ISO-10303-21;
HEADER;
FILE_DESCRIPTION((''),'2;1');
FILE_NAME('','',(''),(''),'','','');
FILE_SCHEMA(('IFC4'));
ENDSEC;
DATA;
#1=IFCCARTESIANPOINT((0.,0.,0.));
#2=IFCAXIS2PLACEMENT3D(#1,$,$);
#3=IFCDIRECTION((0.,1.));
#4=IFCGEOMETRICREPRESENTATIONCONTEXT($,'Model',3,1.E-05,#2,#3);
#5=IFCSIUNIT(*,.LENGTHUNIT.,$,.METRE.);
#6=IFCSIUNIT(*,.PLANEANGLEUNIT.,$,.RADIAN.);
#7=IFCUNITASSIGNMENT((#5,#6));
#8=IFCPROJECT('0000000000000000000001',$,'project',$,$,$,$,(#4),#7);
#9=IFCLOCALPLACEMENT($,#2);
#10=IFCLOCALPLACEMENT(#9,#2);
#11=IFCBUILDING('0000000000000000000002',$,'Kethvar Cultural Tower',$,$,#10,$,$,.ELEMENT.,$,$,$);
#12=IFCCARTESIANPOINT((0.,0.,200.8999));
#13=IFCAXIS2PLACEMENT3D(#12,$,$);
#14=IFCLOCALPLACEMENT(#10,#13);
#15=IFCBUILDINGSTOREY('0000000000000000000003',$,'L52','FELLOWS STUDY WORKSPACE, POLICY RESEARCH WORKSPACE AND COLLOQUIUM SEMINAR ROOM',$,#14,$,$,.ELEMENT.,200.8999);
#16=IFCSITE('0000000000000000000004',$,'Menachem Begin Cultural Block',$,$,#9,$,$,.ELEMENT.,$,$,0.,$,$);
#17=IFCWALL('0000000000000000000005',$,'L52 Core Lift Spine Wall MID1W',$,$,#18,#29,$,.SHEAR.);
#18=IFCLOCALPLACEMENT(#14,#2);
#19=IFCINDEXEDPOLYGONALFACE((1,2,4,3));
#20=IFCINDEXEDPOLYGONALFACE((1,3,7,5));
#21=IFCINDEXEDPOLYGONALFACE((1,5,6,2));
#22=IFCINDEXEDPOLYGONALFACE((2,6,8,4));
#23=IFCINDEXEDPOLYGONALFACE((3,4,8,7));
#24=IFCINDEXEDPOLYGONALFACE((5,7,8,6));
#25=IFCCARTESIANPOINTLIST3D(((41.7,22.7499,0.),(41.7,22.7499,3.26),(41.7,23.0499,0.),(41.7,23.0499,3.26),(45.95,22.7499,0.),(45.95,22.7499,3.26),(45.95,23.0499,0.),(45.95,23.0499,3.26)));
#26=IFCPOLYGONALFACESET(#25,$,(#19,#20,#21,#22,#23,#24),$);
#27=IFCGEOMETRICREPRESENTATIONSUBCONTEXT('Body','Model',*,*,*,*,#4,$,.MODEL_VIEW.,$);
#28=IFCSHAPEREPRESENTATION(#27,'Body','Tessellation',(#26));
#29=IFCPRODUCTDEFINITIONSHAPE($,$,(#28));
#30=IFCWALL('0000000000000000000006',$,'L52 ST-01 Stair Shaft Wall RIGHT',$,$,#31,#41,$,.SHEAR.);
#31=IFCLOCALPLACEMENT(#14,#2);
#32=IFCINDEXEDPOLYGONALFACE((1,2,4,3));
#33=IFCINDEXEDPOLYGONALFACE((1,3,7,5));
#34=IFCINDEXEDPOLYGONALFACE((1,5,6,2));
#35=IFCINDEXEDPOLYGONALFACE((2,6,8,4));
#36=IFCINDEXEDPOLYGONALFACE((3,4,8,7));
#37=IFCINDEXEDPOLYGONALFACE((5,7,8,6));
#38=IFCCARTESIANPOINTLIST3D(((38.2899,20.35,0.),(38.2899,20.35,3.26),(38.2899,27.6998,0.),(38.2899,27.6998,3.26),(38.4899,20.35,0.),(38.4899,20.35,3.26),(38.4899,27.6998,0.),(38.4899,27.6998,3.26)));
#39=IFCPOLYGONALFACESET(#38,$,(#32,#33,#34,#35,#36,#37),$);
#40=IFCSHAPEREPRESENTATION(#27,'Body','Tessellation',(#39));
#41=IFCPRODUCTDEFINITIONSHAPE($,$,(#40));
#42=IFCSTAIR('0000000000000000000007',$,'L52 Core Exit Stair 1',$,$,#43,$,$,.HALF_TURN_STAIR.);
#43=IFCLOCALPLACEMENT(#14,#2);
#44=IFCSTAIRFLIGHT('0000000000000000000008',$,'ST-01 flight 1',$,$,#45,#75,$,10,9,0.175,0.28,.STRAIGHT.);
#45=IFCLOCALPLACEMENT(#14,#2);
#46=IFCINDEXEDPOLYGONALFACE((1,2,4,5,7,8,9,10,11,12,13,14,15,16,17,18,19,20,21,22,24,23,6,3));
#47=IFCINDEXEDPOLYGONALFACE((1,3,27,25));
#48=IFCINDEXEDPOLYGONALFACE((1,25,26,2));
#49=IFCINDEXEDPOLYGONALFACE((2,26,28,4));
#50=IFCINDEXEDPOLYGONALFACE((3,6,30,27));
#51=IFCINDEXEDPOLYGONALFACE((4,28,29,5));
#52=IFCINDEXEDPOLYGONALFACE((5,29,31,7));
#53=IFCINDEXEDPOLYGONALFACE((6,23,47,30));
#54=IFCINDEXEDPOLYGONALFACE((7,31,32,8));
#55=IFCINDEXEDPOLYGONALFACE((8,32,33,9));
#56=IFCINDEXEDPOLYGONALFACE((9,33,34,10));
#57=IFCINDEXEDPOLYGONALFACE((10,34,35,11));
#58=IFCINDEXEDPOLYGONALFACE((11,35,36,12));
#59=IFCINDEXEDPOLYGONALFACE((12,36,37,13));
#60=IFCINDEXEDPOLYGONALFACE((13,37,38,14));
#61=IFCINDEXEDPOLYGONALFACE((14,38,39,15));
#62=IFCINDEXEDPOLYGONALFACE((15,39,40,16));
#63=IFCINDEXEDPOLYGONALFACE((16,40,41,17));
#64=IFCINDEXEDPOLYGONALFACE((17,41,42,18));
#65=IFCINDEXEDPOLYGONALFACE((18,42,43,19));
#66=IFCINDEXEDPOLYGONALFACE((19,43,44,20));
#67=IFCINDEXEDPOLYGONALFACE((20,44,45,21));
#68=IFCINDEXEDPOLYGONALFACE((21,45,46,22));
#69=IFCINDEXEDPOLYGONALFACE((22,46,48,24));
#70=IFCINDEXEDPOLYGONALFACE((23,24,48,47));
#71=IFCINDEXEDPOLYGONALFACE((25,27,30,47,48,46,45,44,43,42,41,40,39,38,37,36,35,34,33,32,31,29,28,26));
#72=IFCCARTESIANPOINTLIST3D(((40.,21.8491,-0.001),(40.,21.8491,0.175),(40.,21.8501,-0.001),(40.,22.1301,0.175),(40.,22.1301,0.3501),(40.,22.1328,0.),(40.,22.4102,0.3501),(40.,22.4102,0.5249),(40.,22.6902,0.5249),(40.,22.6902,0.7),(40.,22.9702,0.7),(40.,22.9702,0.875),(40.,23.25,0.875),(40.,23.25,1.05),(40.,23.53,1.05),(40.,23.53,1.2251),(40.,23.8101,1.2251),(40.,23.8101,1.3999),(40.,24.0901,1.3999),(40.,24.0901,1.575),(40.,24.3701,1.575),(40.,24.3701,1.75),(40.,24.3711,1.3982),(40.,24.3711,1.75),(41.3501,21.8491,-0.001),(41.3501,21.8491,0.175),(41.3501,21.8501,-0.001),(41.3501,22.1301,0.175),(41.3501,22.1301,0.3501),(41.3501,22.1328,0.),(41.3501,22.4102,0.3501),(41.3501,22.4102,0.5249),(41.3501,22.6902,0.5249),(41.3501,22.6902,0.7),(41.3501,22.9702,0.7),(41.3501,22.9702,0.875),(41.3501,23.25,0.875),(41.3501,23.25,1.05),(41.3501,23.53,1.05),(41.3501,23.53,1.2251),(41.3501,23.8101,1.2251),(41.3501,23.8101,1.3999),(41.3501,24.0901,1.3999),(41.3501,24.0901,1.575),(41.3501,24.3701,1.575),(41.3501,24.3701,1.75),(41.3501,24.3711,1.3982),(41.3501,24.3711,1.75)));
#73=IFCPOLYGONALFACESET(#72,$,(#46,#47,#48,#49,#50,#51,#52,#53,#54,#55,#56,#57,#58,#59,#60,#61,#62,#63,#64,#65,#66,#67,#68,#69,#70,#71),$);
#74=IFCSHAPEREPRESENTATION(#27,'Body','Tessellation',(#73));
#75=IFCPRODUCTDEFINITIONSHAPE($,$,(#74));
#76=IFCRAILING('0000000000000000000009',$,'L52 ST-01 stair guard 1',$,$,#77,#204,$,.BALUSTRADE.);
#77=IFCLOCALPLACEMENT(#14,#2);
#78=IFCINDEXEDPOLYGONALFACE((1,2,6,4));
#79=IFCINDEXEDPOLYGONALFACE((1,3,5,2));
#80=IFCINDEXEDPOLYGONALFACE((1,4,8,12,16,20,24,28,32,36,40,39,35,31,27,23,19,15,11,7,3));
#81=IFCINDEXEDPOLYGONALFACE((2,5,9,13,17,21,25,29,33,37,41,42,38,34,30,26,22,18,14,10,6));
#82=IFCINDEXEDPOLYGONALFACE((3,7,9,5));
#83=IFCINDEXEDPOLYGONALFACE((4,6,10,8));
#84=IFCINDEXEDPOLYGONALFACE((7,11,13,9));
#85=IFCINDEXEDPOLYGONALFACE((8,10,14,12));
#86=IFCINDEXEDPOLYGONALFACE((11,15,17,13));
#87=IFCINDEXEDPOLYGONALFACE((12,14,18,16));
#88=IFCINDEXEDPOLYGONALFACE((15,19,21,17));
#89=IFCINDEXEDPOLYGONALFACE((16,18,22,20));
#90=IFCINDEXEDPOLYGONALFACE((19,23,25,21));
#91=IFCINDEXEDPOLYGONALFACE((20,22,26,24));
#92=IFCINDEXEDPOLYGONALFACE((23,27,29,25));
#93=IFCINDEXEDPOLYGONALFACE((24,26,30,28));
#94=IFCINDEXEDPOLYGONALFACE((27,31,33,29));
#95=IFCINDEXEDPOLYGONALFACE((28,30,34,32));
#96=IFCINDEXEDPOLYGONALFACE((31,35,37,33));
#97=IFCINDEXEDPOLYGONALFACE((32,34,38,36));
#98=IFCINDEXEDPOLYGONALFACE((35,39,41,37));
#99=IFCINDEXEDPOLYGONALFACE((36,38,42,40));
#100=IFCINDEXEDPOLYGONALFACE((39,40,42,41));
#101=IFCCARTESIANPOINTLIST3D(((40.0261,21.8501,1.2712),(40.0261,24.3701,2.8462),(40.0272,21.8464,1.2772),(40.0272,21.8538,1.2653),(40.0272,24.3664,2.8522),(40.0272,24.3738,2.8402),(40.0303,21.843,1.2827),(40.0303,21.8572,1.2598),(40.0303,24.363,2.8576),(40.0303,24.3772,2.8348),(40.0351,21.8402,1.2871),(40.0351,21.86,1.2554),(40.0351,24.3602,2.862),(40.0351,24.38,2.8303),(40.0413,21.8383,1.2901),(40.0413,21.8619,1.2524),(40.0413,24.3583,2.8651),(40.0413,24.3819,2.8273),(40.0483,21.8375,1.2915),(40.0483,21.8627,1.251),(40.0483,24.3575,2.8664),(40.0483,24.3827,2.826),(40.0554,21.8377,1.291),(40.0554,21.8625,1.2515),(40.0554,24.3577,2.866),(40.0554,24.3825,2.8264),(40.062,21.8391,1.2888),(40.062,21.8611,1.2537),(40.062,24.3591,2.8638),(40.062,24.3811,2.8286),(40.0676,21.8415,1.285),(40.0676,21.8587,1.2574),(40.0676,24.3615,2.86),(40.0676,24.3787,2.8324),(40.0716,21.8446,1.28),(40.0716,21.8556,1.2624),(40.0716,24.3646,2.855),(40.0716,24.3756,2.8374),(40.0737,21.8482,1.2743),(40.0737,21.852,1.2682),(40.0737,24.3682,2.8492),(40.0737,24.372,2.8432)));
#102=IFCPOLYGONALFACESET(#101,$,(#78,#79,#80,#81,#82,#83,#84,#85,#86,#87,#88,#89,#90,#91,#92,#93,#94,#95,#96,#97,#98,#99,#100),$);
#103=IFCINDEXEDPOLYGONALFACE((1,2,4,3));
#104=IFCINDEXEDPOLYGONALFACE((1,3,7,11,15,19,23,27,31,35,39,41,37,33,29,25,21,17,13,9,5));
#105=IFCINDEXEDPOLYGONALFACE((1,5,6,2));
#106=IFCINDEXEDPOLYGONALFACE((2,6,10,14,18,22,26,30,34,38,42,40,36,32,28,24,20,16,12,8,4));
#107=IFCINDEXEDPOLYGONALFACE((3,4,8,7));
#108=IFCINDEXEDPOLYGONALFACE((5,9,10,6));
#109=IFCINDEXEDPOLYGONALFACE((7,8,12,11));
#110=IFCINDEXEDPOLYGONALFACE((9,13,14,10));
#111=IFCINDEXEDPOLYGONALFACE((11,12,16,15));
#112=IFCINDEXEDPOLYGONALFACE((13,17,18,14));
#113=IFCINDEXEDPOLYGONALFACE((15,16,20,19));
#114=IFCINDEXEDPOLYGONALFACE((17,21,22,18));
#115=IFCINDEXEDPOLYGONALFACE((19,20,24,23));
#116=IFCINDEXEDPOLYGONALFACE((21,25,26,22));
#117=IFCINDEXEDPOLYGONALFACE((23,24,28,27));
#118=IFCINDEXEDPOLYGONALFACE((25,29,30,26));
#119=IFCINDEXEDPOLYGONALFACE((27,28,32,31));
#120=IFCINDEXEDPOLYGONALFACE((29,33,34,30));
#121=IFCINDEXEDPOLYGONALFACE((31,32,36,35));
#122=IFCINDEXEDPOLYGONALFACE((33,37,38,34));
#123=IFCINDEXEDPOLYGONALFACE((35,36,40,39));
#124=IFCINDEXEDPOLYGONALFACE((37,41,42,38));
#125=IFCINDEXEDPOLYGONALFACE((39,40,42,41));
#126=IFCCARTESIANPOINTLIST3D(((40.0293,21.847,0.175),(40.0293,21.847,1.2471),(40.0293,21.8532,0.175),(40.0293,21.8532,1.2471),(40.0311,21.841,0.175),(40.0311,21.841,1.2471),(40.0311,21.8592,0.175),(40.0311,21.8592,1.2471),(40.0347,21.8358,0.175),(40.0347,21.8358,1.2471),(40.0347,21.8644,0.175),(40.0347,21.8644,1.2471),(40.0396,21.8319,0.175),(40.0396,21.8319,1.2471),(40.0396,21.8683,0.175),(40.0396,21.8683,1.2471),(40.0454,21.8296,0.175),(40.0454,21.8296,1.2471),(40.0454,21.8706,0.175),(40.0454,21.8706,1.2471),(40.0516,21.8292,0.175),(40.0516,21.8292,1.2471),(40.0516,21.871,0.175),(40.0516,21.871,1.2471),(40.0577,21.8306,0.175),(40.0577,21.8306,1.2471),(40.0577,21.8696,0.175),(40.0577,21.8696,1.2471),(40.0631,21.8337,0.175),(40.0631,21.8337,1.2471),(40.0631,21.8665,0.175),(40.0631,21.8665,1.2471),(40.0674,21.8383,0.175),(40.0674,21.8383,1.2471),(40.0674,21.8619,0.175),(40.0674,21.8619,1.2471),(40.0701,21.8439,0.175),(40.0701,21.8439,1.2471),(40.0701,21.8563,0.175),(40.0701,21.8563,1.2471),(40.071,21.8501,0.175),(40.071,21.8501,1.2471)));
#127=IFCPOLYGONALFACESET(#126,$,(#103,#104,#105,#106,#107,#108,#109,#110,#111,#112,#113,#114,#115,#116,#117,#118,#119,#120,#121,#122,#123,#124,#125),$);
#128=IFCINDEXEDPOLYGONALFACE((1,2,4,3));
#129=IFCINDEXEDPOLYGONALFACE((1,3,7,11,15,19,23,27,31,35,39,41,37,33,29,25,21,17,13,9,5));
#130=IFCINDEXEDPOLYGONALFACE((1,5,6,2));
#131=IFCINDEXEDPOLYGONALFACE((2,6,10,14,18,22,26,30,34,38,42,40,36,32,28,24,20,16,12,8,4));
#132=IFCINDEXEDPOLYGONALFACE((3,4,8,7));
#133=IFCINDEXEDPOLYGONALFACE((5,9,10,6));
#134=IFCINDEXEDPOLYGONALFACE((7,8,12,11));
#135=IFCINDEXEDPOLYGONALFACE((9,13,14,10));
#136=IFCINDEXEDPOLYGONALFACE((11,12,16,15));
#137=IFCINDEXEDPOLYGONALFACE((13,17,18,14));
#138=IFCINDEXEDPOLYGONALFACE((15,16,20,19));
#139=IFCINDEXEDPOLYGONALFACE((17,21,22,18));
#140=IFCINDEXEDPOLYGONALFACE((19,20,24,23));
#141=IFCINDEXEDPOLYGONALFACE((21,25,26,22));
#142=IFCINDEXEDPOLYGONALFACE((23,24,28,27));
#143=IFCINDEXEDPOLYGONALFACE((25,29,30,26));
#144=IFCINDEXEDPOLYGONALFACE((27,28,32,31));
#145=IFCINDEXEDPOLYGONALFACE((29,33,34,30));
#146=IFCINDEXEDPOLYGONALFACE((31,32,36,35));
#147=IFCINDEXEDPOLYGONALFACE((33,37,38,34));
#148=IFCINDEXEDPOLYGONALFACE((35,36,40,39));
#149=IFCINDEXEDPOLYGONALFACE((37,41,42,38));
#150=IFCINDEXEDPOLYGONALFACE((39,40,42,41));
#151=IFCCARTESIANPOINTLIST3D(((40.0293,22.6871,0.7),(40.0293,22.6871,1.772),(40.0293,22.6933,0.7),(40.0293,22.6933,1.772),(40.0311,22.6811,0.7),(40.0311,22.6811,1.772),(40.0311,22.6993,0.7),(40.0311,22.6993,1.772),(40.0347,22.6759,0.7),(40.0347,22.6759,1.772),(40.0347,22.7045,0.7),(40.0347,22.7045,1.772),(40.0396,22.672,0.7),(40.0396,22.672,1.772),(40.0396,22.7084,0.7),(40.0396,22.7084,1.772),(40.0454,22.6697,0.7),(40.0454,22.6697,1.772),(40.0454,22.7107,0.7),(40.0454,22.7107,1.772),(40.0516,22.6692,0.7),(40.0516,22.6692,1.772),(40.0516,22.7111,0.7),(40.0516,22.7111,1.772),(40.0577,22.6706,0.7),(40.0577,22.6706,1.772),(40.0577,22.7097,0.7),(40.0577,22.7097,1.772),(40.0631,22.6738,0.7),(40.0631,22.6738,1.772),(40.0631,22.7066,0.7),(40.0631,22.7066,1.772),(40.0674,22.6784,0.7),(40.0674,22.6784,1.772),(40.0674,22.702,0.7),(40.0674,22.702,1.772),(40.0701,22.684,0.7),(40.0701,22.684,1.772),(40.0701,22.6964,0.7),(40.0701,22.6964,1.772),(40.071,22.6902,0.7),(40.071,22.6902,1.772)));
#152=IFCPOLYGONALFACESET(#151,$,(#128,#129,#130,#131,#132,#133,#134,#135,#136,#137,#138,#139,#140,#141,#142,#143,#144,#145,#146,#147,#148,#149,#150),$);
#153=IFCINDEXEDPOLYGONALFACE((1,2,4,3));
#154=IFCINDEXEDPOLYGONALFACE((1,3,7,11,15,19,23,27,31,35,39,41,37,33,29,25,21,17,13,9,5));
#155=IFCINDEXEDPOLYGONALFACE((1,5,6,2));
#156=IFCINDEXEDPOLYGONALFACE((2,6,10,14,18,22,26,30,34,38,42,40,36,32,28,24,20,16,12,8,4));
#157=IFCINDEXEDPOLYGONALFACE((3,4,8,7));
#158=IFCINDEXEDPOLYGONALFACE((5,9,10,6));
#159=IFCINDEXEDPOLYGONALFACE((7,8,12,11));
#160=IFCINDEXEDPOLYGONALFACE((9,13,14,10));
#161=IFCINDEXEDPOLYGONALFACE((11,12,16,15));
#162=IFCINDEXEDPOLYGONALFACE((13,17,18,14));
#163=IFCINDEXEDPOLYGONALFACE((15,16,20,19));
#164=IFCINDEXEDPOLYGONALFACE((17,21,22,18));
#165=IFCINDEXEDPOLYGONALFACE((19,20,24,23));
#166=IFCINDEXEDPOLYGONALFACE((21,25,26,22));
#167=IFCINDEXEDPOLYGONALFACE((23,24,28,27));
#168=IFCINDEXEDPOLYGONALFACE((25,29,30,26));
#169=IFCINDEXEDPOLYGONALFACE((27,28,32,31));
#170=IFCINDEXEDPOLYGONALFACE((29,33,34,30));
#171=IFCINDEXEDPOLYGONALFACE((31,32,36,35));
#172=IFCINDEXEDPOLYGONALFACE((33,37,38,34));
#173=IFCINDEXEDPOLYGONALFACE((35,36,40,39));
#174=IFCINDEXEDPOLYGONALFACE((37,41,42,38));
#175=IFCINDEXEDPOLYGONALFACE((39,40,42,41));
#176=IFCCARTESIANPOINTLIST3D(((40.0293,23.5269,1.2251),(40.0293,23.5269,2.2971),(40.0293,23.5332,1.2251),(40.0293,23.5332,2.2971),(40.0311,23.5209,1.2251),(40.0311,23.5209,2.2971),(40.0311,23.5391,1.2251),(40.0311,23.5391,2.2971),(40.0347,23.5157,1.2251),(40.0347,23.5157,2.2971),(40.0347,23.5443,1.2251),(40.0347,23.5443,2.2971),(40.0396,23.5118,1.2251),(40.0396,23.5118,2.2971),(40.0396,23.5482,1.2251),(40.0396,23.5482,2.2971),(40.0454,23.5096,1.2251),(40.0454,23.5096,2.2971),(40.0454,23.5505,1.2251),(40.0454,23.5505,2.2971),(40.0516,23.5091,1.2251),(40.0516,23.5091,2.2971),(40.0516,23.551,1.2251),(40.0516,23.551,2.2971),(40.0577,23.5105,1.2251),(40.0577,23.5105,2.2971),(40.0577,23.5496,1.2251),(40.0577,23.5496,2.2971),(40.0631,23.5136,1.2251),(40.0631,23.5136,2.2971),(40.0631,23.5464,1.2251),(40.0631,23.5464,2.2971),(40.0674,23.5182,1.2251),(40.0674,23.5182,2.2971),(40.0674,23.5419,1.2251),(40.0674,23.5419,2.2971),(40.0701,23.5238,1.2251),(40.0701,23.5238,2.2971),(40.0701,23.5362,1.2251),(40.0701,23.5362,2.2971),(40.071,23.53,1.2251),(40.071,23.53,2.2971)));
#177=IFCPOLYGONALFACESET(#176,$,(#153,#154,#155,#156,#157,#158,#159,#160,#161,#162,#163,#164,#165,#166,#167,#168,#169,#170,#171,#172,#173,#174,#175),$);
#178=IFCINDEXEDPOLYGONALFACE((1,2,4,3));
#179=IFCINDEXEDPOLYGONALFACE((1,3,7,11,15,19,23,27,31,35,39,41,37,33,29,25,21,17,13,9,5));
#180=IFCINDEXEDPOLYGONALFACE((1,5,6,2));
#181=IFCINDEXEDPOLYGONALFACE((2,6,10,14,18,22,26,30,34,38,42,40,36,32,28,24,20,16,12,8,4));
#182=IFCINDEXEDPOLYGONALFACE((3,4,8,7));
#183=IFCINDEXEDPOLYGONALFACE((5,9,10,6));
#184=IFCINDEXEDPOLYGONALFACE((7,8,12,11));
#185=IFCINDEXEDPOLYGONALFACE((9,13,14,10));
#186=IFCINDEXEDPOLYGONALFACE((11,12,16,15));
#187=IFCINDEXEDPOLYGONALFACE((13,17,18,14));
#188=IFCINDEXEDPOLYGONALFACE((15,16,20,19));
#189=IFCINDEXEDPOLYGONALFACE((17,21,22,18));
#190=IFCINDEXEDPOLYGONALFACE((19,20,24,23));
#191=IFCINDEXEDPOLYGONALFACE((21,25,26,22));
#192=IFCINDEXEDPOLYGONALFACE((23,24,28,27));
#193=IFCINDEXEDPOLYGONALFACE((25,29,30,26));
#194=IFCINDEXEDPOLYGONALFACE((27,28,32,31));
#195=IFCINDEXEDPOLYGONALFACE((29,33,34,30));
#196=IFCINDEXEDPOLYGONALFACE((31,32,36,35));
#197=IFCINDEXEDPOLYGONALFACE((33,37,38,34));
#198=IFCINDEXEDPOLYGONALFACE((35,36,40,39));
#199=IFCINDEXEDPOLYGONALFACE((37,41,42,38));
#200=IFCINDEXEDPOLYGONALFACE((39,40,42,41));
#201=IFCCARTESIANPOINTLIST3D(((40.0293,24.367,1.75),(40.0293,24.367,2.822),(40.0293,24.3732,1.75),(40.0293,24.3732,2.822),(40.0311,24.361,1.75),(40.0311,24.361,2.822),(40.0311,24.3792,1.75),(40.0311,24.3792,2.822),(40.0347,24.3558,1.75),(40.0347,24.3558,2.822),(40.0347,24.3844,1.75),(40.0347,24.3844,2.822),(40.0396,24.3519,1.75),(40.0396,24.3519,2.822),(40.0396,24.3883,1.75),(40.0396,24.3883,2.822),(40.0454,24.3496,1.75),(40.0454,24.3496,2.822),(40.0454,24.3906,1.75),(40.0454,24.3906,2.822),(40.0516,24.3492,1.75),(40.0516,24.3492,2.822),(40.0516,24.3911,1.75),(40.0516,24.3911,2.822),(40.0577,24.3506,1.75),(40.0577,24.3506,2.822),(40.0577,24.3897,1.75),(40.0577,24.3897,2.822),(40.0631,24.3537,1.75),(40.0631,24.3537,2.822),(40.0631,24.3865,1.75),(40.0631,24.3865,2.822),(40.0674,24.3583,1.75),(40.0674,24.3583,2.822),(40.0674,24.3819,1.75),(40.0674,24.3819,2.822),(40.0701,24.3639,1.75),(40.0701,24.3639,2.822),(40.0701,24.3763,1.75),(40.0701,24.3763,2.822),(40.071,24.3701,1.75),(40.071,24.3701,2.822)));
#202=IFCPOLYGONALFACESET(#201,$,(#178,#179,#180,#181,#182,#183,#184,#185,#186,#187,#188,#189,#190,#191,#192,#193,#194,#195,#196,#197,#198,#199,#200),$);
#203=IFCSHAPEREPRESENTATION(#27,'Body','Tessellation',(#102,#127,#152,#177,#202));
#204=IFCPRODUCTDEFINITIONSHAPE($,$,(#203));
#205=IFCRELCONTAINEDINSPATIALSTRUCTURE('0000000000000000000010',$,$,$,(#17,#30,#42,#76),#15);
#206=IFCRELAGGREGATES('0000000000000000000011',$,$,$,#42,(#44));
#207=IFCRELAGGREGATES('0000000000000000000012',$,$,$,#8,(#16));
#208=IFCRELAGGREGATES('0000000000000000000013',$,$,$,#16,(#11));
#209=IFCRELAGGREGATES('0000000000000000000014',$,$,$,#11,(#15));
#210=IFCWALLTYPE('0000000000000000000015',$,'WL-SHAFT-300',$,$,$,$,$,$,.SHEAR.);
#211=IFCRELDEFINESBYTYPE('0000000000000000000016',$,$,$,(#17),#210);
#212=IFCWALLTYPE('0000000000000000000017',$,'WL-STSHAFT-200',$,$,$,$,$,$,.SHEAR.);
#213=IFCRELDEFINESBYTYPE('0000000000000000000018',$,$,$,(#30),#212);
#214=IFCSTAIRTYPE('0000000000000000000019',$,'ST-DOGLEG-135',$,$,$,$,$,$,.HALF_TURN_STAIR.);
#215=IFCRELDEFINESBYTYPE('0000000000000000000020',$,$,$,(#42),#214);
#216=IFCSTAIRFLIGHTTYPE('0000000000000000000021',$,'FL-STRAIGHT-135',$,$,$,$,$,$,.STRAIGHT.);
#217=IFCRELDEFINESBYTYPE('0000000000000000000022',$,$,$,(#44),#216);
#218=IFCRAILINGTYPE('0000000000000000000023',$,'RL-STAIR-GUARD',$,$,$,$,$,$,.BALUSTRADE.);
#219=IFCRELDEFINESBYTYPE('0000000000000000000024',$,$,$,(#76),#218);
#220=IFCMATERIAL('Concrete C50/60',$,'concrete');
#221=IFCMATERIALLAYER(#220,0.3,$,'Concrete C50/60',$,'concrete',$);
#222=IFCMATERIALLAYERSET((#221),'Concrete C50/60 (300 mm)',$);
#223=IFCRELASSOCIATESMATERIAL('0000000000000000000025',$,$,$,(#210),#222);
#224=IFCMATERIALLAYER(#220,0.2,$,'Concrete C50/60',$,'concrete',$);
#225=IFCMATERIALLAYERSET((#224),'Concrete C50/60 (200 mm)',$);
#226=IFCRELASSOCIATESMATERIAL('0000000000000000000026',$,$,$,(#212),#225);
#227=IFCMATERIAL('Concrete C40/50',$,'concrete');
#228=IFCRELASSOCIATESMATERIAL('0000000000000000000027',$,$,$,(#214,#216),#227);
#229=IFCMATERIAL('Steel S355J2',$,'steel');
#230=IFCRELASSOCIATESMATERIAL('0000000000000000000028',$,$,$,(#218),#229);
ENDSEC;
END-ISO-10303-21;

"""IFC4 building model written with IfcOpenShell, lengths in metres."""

from ifc_helpers import new_model, si_unit, direction, frame, frame_2d, origin, origin_2d, place, context, subcontext, project, spatial, polyline, rectangle, circle, outline, extrude, material, layer, layer_set, type_object, element, aggregate, save


model = new_model("IFC4")

# Units and contexts
model_context = context("Model", 3, precision=1e-05, world=origin(), true_north=direction((0.0, 1.0)))
body_context = subcontext(model_context, "Body", "Model", "MODEL_VIEW")
ifc_project = project(units=[si_unit("LENGTHUNIT", "METRE"), si_unit("PLANEANGLEUNIT", "RADIAN")], contexts=[model_context])

# Site, building, storey
site_placement = place(None, origin())
site = spatial("IfcSite", under=ifc_project, at=site_placement, Name="Menachem Begin Cultural Block", CompositionType="ELEMENT", RefElevation=0.0)
building_placement = place(site_placement, origin())
building = spatial("IfcBuilding", under=site, at=building_placement, Name="Kethvar Cultural Tower", CompositionType="ELEMENT")
storey_placement = place(building_placement, frame((0.0, 0.0, 200.8999)))
storey = spatial("IfcBuildingStorey", under=building, at=storey_placement, Name="L52", Description="FELLOWS STUDY WORKSPACE, POLICY RESEARCH WORKSPACE AND COLLOQUIUM SEMINAR ROOM", CompositionType="ELEMENT", Elevation=200.8999)

# Shared definitions
ifc_material_1 = material(Name="Steel S355J2", Category="steel")

# Walls
ifc_material_2 = material(Name="Concrete C50/60", Category="concrete")
ifc_layer_1 = layer(ifc_material_2, 0.3, Name="Concrete C50/60", Category="concrete")
ifc_layer_set_1 = layer_set([ifc_layer_1], Name="Concrete C50/60 (300 mm)")
wall_type_1 = type_object("IfcWallType", Name="WL-SHAFT-300", PredefinedType="SHEAR", material=ifc_layer_set_1)
wall_1_placement = place(storey_placement, frame((41.7, 22.8999, 0.0), z_axis=(0.0, 0.0, 1.0), x_axis=(1.0, 0.0, 0.0)))
element("IfcWall", 1, at=wall_1_placement, inside=storey, type_object=wall_type_1, Name="L52 Core Lift Spine Wall MID1W", PredefinedType="SHEAR", context=body_context, shape_type="SweptSolid", body=[
    extrude(rectangle(XDim=4.25, YDim=0.3, at=frame_2d((2.125, 0.0))), origin(), (0.0, 0.0, 1.0), 3.26),
])
ifc_layer_2 = layer(ifc_material_2, 0.2, Name="Concrete C50/60", Category="concrete")
ifc_layer_set_2 = layer_set([ifc_layer_2], Name="Concrete C50/60 (200 mm)")
wall_type_2 = type_object("IfcWallType", Name="WL-STSHAFT-200", PredefinedType="SHEAR", material=ifc_layer_set_2)
wall_2_placement = place(storey_placement, frame((38.3899, 20.3501, 0.0), z_axis=(0.0, 0.0, 1.0), x_axis=(0.0, 1.0, 0.0)))
element("IfcWall", 2, at=wall_2_placement, inside=storey, type_object=wall_type_2, Name="L52 ST-01 Stair Shaft Wall RIGHT", PredefinedType="SHEAR", context=body_context, shape_type="SweptSolid", body=[
    extrude(rectangle(XDim=7.3499, YDim=0.2, at=frame_2d((3.6748, 0.0))), origin(), (0.0, 0.0, 1.0), 3.26),
])

# Stair, stair flight
ifc_material_3 = material(Name="Concrete C40/50", Category="concrete")
stair_type = type_object("IfcStairType", Name="ST-DOGLEG-135", PredefinedType="HALF_TURN_STAIR", material=ifc_material_3)
stair_placement = place(storey_placement, origin())
stair = element("IfcStair", 3, at=stair_placement, inside=storey, type_object=stair_type, Name="L52 Core Exit Stair 1", PredefinedType="HALF_TURN_STAIR")
stair_flight_type = type_object("IfcStairFlightType", Name="FL-STRAIGHT-135", PredefinedType="STRAIGHT", material=ifc_material_3)
stair_flight_placement = place(storey_placement, frame((40.675, 21.8501, 0.0), z_axis=(0.0, 0.0, 1.0), x_axis=(0.0, 1.0, 0.0)))
stair_flight = element("IfcStairFlight", 4, at=stair_flight_placement, type_object=stair_flight_type, Name="ST-01 flight 1", NumberOfRisers=10, NumberOfTreads=9, PredefinedType="STRAIGHT", RiserHeight=0.175, TreadLength=0.28, context=body_context, shape_type="SweptSolid", body=[
    extrude(outline(polyline([(-0.001, -0.001), (-0.001, 0.175), (0.28, 0.175), (0.28, 0.3501), (0.5601, 0.3501), (0.5601, 0.5249), (0.8401, 0.5249), (0.8401, 0.7), (1.1201, 0.7), (1.1201, 0.875), (1.3999, 0.875), (1.3999, 1.05), (1.6799, 1.05), (1.6799, 1.2251), (1.96, 1.2251), (1.96, 1.3999), (2.24, 1.3999), (2.24, 1.575), (2.52, 1.575), (2.52, 1.75), (2.521, 1.75), (2.521, 1.3982), (0.2827, 0.0), (0.0, -0.001), (-0.001, -0.001)])), frame((0.0, 0.675, 0.0), z_axis=(0.0, -1.0, 0.0), x_axis=(1.0, 0.0, 0.0)), (0.0, 0.0, 1.0), 1.3501),
])
aggregate(stair, [stair_flight])

# Railing
railing_type_1 = type_object("IfcRailingType", Name="RL-STAIR-GUARD", PredefinedType="BALUSTRADE", material=ifc_material_1)
railing_1_placement = place(storey_placement, frame((40.05, 21.8501, 0.175)))
element("IfcRailing", 5, at=railing_1_placement, inside=storey, type_object=railing_type_1, Name="L52 ST-01 stair guard 1", PredefinedType="BALUSTRADE", context=body_context, shape_type="SweptSolid", body=[
    extrude(circle(Radius=0.0239, at=origin_2d()), frame((0.0, 0.0, 1.0962), z_axis=(0.0, 0.848008, 0.529984), x_axis=(-1.0, 0.0, 0.0)), (0.0, 0.0, 1.0), 2.9717),
    extrude(circle(Radius=0.021, at=origin_2d()), origin(), (0.0, 0.0, 1.0), 1.072),
    extrude(circle(Radius=0.021, at=origin_2d()), frame((0.0, 0.8401, 0.5249)), (0.0, 0.0, 1.0), 1.072),
    extrude(circle(Radius=0.021, at=origin_2d()), frame((0.0, 1.6799, 1.05)), (0.0, 0.0, 1.0), 1.072),
    extrude(circle(Radius=0.021, at=origin_2d()), frame((0.0, 2.52, 1.575)), (0.0, 0.0, 1.0), 1.072),
])

save(model, "model.ifc")
